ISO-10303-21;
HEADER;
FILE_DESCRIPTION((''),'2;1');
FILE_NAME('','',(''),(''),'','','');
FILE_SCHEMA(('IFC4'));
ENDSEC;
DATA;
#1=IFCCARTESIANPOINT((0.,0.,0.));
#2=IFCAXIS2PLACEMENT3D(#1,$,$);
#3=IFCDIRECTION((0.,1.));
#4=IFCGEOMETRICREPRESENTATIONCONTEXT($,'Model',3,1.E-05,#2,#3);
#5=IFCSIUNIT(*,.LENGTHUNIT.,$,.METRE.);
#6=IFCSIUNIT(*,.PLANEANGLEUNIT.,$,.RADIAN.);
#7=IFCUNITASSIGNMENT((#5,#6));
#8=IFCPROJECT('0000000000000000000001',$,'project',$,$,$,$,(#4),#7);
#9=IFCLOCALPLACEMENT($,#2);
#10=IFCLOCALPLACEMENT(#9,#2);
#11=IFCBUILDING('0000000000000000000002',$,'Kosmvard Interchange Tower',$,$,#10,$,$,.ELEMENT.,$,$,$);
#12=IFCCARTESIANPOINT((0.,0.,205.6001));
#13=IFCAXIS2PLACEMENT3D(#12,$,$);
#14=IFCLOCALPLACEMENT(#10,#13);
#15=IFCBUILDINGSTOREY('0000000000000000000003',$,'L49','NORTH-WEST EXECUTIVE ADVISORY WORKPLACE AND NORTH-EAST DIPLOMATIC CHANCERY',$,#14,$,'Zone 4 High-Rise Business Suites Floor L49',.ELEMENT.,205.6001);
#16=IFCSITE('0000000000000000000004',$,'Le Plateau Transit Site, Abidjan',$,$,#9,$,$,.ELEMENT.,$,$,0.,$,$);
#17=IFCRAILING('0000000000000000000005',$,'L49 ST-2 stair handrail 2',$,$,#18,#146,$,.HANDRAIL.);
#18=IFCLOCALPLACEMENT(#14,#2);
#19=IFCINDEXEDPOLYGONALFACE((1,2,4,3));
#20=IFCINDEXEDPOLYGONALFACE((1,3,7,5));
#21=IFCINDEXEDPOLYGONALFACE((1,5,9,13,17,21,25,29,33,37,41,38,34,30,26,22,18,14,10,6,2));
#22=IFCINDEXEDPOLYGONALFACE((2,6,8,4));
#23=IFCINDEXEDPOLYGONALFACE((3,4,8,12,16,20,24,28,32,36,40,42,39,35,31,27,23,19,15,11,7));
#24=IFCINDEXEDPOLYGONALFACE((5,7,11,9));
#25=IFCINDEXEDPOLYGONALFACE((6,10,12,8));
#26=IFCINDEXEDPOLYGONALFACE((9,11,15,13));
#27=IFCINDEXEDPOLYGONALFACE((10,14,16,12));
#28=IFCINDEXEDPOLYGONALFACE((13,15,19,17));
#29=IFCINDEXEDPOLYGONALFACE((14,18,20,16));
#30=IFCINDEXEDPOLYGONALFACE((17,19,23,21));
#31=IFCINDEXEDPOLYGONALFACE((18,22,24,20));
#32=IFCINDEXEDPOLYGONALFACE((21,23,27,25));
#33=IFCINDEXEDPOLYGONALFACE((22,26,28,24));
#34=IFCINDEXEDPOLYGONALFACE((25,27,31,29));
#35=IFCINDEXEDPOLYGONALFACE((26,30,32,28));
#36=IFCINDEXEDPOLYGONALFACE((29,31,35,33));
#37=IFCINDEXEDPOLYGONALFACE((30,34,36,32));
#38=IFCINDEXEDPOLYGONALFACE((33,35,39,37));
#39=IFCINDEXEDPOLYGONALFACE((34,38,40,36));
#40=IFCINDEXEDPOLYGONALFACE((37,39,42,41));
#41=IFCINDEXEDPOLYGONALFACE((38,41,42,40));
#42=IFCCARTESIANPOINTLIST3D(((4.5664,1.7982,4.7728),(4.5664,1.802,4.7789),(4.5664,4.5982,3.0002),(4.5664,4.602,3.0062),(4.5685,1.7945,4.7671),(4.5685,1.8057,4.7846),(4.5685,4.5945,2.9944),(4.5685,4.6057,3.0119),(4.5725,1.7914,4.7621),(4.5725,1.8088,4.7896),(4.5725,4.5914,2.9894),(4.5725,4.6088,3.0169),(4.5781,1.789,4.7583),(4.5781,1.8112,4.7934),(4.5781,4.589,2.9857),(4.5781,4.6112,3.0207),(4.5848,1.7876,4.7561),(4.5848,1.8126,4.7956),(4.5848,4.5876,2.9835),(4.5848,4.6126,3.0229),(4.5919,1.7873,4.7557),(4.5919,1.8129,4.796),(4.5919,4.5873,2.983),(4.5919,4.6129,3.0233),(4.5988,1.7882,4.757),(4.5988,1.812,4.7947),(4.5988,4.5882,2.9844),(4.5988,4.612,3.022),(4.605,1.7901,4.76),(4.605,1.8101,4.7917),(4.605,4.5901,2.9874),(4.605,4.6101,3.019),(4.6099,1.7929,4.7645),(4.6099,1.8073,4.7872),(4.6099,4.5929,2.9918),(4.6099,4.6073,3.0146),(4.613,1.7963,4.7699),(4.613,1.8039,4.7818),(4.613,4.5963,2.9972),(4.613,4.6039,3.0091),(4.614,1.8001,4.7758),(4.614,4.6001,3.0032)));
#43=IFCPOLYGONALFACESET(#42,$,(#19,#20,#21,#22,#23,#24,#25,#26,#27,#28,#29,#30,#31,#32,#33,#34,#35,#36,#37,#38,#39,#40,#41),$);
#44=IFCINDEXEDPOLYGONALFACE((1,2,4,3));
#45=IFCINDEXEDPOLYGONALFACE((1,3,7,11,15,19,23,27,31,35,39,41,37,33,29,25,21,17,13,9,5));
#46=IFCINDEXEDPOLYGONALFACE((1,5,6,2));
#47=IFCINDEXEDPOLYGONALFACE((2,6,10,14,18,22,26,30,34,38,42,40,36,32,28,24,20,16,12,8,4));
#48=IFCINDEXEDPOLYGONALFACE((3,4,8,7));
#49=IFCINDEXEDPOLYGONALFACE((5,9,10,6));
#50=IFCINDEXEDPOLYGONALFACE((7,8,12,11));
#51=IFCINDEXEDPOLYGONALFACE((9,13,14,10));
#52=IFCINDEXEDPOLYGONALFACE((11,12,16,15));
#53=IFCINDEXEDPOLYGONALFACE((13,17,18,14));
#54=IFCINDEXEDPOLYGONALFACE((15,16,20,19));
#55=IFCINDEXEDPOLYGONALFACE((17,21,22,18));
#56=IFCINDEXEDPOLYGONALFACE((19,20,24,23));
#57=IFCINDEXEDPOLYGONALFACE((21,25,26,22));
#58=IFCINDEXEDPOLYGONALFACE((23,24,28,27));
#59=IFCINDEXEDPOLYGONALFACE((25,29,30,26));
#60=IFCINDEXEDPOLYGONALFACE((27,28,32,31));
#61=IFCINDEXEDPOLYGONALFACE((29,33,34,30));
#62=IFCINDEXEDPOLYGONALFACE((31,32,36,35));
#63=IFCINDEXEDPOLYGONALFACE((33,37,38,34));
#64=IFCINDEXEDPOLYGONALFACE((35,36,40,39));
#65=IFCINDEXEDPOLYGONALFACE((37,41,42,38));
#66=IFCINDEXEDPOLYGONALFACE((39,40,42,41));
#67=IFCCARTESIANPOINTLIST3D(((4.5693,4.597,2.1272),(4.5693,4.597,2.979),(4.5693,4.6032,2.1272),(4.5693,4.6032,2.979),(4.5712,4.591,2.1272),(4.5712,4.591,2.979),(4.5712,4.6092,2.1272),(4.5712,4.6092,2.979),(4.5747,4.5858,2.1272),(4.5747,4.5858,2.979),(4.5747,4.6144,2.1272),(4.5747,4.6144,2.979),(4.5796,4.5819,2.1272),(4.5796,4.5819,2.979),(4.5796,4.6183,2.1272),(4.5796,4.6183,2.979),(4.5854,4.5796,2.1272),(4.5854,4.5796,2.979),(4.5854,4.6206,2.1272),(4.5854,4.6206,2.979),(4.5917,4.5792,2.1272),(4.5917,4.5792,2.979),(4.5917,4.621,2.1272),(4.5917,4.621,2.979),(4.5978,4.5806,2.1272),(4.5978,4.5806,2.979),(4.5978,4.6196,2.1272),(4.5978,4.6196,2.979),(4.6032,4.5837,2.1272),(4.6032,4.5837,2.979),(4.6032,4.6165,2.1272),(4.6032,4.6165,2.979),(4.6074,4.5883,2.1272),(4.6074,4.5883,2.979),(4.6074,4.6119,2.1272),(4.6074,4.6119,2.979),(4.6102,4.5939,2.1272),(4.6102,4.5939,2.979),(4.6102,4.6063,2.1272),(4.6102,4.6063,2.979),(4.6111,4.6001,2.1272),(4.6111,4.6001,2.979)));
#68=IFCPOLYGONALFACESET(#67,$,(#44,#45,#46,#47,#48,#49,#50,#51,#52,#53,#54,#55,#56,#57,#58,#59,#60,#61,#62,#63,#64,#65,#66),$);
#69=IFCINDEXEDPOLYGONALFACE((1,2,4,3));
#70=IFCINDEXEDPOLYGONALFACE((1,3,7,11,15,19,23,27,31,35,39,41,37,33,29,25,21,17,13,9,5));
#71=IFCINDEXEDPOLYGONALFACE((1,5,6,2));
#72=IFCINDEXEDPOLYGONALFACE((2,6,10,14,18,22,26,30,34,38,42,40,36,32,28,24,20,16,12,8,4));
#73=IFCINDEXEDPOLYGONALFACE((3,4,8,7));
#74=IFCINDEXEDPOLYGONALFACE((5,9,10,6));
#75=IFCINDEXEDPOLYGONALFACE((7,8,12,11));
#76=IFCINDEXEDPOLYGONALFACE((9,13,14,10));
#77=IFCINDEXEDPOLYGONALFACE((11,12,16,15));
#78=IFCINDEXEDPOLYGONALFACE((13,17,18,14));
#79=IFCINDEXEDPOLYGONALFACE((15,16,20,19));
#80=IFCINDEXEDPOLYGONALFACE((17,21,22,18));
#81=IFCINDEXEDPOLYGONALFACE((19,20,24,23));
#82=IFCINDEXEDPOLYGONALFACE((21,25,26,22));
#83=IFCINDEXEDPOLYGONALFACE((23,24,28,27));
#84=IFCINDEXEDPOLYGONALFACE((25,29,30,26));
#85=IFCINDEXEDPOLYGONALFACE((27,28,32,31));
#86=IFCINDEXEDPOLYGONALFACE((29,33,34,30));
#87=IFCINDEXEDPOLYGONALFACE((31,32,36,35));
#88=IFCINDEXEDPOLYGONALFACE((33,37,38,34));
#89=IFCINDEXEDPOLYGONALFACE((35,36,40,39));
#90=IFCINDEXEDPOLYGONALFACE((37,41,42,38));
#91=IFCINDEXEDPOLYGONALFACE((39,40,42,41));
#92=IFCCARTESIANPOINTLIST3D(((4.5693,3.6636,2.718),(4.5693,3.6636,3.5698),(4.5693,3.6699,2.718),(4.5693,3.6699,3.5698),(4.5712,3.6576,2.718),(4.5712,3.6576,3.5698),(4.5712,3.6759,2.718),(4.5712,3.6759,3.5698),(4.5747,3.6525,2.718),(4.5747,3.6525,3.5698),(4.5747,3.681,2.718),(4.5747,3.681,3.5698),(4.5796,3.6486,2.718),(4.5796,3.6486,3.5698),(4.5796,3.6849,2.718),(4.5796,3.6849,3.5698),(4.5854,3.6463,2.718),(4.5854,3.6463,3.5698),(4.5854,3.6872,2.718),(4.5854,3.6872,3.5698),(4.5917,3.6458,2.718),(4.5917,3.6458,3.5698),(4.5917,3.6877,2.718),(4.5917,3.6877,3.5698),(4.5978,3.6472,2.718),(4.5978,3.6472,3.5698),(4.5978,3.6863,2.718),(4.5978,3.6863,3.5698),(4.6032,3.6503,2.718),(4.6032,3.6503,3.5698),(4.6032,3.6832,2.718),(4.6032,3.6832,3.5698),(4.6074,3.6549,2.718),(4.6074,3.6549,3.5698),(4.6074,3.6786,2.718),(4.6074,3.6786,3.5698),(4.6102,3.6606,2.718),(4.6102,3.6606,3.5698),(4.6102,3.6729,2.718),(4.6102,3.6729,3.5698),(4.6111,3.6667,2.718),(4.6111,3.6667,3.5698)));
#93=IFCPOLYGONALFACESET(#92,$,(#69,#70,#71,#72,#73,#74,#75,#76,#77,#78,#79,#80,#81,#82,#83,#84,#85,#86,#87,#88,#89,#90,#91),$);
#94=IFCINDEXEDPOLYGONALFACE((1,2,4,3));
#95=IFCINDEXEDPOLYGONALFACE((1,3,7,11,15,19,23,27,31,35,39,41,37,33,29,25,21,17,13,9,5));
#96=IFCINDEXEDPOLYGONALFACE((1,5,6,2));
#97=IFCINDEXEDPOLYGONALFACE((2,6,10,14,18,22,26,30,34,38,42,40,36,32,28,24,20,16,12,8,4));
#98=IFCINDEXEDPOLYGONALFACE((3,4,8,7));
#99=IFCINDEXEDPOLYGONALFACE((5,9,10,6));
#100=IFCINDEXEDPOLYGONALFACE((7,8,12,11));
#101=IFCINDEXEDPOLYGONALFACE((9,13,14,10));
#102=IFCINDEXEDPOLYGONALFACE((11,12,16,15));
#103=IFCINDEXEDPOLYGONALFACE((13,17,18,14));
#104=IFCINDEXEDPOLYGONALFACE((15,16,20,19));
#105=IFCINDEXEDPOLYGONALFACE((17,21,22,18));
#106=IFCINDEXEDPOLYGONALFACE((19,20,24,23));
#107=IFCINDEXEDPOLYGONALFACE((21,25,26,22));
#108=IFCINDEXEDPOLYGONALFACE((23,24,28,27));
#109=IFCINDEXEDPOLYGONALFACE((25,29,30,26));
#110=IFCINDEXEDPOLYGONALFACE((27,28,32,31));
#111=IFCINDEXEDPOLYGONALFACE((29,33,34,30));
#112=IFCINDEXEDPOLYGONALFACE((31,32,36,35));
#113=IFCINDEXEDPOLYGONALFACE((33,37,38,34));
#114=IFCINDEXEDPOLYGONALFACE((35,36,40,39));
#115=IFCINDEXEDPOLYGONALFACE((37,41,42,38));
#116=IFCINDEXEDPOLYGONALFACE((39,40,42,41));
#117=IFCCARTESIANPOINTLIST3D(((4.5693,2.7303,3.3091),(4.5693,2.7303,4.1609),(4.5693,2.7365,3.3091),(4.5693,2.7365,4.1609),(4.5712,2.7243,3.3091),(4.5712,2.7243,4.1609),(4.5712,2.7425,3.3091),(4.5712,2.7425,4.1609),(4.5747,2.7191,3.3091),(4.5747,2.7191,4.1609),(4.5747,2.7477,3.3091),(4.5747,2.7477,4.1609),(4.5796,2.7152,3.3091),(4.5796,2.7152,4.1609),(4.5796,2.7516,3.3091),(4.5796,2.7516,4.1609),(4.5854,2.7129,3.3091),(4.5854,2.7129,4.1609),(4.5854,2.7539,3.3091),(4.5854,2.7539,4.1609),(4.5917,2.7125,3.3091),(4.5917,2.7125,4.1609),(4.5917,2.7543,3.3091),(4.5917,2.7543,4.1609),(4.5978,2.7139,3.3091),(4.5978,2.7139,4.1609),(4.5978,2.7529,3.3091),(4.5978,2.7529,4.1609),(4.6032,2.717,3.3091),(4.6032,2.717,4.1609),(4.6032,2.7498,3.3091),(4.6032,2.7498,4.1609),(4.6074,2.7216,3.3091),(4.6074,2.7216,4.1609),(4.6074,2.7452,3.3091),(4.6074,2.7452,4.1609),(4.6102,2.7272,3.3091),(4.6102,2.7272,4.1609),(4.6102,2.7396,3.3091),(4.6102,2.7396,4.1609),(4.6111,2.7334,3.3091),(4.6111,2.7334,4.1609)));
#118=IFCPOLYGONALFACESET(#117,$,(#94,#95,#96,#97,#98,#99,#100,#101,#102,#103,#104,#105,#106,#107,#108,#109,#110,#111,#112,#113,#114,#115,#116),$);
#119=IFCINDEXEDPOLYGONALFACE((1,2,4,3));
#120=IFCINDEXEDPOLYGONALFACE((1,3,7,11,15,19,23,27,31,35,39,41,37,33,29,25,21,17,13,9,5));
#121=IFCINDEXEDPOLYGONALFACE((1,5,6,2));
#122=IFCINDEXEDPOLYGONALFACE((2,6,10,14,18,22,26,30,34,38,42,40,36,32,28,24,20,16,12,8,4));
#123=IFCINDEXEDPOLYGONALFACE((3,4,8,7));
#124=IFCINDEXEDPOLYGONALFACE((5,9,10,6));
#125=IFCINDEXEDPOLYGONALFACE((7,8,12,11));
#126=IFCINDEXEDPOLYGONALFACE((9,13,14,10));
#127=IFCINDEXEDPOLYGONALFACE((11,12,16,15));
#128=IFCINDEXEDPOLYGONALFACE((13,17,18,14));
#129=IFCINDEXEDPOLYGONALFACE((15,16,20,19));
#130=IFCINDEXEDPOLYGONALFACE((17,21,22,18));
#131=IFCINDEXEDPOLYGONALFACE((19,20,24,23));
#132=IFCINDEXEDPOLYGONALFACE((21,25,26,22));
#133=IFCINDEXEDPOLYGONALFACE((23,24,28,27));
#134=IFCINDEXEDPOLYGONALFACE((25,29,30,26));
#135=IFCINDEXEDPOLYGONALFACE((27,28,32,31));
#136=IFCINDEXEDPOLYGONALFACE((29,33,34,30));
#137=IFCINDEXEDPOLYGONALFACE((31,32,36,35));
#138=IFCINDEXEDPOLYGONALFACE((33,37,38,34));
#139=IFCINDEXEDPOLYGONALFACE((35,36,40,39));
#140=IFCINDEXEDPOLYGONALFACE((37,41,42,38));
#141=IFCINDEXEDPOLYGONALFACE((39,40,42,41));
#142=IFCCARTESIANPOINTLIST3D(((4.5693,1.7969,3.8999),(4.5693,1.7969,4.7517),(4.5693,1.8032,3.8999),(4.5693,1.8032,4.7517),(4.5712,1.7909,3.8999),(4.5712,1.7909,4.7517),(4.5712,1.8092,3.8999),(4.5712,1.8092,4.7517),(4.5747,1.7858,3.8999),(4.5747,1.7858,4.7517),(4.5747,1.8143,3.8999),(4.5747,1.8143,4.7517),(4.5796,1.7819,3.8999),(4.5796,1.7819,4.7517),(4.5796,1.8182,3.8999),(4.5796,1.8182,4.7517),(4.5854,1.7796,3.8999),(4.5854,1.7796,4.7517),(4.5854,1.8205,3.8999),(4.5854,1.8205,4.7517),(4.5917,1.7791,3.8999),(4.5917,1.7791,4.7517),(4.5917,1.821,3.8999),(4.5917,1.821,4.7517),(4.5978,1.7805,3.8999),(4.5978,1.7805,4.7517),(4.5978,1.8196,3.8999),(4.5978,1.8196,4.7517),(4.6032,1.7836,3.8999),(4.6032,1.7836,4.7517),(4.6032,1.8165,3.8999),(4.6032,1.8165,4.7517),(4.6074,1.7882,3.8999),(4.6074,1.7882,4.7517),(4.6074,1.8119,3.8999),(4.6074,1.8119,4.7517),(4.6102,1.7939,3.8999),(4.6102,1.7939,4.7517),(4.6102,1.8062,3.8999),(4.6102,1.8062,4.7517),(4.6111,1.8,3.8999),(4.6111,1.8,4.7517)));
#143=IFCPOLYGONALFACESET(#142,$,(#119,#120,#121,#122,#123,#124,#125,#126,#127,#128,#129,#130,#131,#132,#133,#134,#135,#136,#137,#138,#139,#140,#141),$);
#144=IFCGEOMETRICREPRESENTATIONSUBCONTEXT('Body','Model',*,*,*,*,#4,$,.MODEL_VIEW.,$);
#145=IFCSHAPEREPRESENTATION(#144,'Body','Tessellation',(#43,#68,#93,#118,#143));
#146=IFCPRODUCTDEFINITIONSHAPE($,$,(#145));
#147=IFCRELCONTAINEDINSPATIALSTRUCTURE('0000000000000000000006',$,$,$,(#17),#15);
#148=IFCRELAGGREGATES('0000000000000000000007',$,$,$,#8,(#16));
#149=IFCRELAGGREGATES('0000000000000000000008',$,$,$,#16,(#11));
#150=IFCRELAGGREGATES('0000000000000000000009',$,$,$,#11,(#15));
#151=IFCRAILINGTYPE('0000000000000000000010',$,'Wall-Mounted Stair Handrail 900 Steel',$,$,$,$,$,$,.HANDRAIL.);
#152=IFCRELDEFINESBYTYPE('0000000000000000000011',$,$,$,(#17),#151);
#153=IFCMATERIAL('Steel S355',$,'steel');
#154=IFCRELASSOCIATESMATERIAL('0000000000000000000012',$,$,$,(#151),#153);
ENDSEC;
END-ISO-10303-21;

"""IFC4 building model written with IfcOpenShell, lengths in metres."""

from ifc_helpers import new_model, si_unit, direction, frame, origin, origin_2d, place, context, subcontext, project, spatial, circle, extrude, source, transform, mapped, material, type_object, element, save


model = new_model("IFC4")

# Units and contexts
model_context = context("Model", 3, precision=1e-05, world=origin(), true_north=direction((0.0, 1.0)))
body_context = subcontext(model_context, "Body", "Model", "MODEL_VIEW")
ifc_project = project(units=[si_unit("LENGTHUNIT", "METRE"), si_unit("PLANEANGLEUNIT", "RADIAN")], contexts=[model_context])

# Site, building, storey
site_placement = place(None, origin())
site = spatial("IfcSite", under=ifc_project, at=site_placement, Name="Le Plateau Transit Site, Abidjan", CompositionType="ELEMENT", RefElevation=0.0)
building_placement = place(site_placement, origin())
building = spatial("IfcBuilding", under=site, at=building_placement, Name="Kosmvard Interchange Tower", CompositionType="ELEMENT")
storey_placement = place(building_placement, frame((0.0, 0.0, 205.6001)))
storey = spatial("IfcBuildingStorey", under=building, at=storey_placement, Name="L49", Description="NORTH-WEST EXECUTIVE ADVISORY WORKPLACE AND NORTH-EAST DIPLOMATIC CHANCERY", LongName="Zone 4 High-Rise Business Suites Floor L49", CompositionType="ELEMENT", Elevation=205.6001)

# Railing
ifc_material_1 = material(Name="Steel S355", Category="steel")
railing_type_1 = type_object("IfcRailingType", Name="Wall-Mounted Stair Handrail 900 Steel", PredefinedType="HANDRAIL", material=ifc_material_1)
shared_shape_1 = source(origin(), body_context, "Body", "SweptSolid", [
    extrude(circle(Radius=0.0239, at=origin_2d()), frame((0.0, 0.0, 0.876), z_axis=(0.0, -0.844909, 0.53491), x_axis=(1.0, 0.0, 0.0)), (0.0, 0.0, 1.0), 3.314),
    extrude(circle(Radius=0.021, at=origin_2d()), origin(), (0.0, 0.0, 1.0), 0.8518),
    extrude(circle(Radius=0.021, at=origin_2d()), frame((0.0, -0.9333, 0.5908)), (0.0, 0.0, 1.0), 0.8518),
    extrude(circle(Radius=0.021, at=origin_2d()), frame((0.0, -1.8667, 1.1819)), (0.0, 0.0, 1.0), 0.8518),
    extrude(circle(Radius=0.021, at=origin_2d()), frame((0.0, -2.8, 1.7727)), (0.0, 0.0, 1.0), 0.8518),
])
railing_1_placement = place(storey_placement, frame((4.5901, 4.6001, 2.1272)))
element("IfcRailing", 1, at=railing_1_placement, inside=storey, type_object=railing_type_1, Name="L49 ST-2 stair handrail 2", PredefinedType="HANDRAIL", context=body_context, shape_type="MappedRepresentation", body=[
    mapped(shared_shape_1, transform((0.0, 0.0, 0.0), scale=1.0)),
])

save(model, "model.ifc")
